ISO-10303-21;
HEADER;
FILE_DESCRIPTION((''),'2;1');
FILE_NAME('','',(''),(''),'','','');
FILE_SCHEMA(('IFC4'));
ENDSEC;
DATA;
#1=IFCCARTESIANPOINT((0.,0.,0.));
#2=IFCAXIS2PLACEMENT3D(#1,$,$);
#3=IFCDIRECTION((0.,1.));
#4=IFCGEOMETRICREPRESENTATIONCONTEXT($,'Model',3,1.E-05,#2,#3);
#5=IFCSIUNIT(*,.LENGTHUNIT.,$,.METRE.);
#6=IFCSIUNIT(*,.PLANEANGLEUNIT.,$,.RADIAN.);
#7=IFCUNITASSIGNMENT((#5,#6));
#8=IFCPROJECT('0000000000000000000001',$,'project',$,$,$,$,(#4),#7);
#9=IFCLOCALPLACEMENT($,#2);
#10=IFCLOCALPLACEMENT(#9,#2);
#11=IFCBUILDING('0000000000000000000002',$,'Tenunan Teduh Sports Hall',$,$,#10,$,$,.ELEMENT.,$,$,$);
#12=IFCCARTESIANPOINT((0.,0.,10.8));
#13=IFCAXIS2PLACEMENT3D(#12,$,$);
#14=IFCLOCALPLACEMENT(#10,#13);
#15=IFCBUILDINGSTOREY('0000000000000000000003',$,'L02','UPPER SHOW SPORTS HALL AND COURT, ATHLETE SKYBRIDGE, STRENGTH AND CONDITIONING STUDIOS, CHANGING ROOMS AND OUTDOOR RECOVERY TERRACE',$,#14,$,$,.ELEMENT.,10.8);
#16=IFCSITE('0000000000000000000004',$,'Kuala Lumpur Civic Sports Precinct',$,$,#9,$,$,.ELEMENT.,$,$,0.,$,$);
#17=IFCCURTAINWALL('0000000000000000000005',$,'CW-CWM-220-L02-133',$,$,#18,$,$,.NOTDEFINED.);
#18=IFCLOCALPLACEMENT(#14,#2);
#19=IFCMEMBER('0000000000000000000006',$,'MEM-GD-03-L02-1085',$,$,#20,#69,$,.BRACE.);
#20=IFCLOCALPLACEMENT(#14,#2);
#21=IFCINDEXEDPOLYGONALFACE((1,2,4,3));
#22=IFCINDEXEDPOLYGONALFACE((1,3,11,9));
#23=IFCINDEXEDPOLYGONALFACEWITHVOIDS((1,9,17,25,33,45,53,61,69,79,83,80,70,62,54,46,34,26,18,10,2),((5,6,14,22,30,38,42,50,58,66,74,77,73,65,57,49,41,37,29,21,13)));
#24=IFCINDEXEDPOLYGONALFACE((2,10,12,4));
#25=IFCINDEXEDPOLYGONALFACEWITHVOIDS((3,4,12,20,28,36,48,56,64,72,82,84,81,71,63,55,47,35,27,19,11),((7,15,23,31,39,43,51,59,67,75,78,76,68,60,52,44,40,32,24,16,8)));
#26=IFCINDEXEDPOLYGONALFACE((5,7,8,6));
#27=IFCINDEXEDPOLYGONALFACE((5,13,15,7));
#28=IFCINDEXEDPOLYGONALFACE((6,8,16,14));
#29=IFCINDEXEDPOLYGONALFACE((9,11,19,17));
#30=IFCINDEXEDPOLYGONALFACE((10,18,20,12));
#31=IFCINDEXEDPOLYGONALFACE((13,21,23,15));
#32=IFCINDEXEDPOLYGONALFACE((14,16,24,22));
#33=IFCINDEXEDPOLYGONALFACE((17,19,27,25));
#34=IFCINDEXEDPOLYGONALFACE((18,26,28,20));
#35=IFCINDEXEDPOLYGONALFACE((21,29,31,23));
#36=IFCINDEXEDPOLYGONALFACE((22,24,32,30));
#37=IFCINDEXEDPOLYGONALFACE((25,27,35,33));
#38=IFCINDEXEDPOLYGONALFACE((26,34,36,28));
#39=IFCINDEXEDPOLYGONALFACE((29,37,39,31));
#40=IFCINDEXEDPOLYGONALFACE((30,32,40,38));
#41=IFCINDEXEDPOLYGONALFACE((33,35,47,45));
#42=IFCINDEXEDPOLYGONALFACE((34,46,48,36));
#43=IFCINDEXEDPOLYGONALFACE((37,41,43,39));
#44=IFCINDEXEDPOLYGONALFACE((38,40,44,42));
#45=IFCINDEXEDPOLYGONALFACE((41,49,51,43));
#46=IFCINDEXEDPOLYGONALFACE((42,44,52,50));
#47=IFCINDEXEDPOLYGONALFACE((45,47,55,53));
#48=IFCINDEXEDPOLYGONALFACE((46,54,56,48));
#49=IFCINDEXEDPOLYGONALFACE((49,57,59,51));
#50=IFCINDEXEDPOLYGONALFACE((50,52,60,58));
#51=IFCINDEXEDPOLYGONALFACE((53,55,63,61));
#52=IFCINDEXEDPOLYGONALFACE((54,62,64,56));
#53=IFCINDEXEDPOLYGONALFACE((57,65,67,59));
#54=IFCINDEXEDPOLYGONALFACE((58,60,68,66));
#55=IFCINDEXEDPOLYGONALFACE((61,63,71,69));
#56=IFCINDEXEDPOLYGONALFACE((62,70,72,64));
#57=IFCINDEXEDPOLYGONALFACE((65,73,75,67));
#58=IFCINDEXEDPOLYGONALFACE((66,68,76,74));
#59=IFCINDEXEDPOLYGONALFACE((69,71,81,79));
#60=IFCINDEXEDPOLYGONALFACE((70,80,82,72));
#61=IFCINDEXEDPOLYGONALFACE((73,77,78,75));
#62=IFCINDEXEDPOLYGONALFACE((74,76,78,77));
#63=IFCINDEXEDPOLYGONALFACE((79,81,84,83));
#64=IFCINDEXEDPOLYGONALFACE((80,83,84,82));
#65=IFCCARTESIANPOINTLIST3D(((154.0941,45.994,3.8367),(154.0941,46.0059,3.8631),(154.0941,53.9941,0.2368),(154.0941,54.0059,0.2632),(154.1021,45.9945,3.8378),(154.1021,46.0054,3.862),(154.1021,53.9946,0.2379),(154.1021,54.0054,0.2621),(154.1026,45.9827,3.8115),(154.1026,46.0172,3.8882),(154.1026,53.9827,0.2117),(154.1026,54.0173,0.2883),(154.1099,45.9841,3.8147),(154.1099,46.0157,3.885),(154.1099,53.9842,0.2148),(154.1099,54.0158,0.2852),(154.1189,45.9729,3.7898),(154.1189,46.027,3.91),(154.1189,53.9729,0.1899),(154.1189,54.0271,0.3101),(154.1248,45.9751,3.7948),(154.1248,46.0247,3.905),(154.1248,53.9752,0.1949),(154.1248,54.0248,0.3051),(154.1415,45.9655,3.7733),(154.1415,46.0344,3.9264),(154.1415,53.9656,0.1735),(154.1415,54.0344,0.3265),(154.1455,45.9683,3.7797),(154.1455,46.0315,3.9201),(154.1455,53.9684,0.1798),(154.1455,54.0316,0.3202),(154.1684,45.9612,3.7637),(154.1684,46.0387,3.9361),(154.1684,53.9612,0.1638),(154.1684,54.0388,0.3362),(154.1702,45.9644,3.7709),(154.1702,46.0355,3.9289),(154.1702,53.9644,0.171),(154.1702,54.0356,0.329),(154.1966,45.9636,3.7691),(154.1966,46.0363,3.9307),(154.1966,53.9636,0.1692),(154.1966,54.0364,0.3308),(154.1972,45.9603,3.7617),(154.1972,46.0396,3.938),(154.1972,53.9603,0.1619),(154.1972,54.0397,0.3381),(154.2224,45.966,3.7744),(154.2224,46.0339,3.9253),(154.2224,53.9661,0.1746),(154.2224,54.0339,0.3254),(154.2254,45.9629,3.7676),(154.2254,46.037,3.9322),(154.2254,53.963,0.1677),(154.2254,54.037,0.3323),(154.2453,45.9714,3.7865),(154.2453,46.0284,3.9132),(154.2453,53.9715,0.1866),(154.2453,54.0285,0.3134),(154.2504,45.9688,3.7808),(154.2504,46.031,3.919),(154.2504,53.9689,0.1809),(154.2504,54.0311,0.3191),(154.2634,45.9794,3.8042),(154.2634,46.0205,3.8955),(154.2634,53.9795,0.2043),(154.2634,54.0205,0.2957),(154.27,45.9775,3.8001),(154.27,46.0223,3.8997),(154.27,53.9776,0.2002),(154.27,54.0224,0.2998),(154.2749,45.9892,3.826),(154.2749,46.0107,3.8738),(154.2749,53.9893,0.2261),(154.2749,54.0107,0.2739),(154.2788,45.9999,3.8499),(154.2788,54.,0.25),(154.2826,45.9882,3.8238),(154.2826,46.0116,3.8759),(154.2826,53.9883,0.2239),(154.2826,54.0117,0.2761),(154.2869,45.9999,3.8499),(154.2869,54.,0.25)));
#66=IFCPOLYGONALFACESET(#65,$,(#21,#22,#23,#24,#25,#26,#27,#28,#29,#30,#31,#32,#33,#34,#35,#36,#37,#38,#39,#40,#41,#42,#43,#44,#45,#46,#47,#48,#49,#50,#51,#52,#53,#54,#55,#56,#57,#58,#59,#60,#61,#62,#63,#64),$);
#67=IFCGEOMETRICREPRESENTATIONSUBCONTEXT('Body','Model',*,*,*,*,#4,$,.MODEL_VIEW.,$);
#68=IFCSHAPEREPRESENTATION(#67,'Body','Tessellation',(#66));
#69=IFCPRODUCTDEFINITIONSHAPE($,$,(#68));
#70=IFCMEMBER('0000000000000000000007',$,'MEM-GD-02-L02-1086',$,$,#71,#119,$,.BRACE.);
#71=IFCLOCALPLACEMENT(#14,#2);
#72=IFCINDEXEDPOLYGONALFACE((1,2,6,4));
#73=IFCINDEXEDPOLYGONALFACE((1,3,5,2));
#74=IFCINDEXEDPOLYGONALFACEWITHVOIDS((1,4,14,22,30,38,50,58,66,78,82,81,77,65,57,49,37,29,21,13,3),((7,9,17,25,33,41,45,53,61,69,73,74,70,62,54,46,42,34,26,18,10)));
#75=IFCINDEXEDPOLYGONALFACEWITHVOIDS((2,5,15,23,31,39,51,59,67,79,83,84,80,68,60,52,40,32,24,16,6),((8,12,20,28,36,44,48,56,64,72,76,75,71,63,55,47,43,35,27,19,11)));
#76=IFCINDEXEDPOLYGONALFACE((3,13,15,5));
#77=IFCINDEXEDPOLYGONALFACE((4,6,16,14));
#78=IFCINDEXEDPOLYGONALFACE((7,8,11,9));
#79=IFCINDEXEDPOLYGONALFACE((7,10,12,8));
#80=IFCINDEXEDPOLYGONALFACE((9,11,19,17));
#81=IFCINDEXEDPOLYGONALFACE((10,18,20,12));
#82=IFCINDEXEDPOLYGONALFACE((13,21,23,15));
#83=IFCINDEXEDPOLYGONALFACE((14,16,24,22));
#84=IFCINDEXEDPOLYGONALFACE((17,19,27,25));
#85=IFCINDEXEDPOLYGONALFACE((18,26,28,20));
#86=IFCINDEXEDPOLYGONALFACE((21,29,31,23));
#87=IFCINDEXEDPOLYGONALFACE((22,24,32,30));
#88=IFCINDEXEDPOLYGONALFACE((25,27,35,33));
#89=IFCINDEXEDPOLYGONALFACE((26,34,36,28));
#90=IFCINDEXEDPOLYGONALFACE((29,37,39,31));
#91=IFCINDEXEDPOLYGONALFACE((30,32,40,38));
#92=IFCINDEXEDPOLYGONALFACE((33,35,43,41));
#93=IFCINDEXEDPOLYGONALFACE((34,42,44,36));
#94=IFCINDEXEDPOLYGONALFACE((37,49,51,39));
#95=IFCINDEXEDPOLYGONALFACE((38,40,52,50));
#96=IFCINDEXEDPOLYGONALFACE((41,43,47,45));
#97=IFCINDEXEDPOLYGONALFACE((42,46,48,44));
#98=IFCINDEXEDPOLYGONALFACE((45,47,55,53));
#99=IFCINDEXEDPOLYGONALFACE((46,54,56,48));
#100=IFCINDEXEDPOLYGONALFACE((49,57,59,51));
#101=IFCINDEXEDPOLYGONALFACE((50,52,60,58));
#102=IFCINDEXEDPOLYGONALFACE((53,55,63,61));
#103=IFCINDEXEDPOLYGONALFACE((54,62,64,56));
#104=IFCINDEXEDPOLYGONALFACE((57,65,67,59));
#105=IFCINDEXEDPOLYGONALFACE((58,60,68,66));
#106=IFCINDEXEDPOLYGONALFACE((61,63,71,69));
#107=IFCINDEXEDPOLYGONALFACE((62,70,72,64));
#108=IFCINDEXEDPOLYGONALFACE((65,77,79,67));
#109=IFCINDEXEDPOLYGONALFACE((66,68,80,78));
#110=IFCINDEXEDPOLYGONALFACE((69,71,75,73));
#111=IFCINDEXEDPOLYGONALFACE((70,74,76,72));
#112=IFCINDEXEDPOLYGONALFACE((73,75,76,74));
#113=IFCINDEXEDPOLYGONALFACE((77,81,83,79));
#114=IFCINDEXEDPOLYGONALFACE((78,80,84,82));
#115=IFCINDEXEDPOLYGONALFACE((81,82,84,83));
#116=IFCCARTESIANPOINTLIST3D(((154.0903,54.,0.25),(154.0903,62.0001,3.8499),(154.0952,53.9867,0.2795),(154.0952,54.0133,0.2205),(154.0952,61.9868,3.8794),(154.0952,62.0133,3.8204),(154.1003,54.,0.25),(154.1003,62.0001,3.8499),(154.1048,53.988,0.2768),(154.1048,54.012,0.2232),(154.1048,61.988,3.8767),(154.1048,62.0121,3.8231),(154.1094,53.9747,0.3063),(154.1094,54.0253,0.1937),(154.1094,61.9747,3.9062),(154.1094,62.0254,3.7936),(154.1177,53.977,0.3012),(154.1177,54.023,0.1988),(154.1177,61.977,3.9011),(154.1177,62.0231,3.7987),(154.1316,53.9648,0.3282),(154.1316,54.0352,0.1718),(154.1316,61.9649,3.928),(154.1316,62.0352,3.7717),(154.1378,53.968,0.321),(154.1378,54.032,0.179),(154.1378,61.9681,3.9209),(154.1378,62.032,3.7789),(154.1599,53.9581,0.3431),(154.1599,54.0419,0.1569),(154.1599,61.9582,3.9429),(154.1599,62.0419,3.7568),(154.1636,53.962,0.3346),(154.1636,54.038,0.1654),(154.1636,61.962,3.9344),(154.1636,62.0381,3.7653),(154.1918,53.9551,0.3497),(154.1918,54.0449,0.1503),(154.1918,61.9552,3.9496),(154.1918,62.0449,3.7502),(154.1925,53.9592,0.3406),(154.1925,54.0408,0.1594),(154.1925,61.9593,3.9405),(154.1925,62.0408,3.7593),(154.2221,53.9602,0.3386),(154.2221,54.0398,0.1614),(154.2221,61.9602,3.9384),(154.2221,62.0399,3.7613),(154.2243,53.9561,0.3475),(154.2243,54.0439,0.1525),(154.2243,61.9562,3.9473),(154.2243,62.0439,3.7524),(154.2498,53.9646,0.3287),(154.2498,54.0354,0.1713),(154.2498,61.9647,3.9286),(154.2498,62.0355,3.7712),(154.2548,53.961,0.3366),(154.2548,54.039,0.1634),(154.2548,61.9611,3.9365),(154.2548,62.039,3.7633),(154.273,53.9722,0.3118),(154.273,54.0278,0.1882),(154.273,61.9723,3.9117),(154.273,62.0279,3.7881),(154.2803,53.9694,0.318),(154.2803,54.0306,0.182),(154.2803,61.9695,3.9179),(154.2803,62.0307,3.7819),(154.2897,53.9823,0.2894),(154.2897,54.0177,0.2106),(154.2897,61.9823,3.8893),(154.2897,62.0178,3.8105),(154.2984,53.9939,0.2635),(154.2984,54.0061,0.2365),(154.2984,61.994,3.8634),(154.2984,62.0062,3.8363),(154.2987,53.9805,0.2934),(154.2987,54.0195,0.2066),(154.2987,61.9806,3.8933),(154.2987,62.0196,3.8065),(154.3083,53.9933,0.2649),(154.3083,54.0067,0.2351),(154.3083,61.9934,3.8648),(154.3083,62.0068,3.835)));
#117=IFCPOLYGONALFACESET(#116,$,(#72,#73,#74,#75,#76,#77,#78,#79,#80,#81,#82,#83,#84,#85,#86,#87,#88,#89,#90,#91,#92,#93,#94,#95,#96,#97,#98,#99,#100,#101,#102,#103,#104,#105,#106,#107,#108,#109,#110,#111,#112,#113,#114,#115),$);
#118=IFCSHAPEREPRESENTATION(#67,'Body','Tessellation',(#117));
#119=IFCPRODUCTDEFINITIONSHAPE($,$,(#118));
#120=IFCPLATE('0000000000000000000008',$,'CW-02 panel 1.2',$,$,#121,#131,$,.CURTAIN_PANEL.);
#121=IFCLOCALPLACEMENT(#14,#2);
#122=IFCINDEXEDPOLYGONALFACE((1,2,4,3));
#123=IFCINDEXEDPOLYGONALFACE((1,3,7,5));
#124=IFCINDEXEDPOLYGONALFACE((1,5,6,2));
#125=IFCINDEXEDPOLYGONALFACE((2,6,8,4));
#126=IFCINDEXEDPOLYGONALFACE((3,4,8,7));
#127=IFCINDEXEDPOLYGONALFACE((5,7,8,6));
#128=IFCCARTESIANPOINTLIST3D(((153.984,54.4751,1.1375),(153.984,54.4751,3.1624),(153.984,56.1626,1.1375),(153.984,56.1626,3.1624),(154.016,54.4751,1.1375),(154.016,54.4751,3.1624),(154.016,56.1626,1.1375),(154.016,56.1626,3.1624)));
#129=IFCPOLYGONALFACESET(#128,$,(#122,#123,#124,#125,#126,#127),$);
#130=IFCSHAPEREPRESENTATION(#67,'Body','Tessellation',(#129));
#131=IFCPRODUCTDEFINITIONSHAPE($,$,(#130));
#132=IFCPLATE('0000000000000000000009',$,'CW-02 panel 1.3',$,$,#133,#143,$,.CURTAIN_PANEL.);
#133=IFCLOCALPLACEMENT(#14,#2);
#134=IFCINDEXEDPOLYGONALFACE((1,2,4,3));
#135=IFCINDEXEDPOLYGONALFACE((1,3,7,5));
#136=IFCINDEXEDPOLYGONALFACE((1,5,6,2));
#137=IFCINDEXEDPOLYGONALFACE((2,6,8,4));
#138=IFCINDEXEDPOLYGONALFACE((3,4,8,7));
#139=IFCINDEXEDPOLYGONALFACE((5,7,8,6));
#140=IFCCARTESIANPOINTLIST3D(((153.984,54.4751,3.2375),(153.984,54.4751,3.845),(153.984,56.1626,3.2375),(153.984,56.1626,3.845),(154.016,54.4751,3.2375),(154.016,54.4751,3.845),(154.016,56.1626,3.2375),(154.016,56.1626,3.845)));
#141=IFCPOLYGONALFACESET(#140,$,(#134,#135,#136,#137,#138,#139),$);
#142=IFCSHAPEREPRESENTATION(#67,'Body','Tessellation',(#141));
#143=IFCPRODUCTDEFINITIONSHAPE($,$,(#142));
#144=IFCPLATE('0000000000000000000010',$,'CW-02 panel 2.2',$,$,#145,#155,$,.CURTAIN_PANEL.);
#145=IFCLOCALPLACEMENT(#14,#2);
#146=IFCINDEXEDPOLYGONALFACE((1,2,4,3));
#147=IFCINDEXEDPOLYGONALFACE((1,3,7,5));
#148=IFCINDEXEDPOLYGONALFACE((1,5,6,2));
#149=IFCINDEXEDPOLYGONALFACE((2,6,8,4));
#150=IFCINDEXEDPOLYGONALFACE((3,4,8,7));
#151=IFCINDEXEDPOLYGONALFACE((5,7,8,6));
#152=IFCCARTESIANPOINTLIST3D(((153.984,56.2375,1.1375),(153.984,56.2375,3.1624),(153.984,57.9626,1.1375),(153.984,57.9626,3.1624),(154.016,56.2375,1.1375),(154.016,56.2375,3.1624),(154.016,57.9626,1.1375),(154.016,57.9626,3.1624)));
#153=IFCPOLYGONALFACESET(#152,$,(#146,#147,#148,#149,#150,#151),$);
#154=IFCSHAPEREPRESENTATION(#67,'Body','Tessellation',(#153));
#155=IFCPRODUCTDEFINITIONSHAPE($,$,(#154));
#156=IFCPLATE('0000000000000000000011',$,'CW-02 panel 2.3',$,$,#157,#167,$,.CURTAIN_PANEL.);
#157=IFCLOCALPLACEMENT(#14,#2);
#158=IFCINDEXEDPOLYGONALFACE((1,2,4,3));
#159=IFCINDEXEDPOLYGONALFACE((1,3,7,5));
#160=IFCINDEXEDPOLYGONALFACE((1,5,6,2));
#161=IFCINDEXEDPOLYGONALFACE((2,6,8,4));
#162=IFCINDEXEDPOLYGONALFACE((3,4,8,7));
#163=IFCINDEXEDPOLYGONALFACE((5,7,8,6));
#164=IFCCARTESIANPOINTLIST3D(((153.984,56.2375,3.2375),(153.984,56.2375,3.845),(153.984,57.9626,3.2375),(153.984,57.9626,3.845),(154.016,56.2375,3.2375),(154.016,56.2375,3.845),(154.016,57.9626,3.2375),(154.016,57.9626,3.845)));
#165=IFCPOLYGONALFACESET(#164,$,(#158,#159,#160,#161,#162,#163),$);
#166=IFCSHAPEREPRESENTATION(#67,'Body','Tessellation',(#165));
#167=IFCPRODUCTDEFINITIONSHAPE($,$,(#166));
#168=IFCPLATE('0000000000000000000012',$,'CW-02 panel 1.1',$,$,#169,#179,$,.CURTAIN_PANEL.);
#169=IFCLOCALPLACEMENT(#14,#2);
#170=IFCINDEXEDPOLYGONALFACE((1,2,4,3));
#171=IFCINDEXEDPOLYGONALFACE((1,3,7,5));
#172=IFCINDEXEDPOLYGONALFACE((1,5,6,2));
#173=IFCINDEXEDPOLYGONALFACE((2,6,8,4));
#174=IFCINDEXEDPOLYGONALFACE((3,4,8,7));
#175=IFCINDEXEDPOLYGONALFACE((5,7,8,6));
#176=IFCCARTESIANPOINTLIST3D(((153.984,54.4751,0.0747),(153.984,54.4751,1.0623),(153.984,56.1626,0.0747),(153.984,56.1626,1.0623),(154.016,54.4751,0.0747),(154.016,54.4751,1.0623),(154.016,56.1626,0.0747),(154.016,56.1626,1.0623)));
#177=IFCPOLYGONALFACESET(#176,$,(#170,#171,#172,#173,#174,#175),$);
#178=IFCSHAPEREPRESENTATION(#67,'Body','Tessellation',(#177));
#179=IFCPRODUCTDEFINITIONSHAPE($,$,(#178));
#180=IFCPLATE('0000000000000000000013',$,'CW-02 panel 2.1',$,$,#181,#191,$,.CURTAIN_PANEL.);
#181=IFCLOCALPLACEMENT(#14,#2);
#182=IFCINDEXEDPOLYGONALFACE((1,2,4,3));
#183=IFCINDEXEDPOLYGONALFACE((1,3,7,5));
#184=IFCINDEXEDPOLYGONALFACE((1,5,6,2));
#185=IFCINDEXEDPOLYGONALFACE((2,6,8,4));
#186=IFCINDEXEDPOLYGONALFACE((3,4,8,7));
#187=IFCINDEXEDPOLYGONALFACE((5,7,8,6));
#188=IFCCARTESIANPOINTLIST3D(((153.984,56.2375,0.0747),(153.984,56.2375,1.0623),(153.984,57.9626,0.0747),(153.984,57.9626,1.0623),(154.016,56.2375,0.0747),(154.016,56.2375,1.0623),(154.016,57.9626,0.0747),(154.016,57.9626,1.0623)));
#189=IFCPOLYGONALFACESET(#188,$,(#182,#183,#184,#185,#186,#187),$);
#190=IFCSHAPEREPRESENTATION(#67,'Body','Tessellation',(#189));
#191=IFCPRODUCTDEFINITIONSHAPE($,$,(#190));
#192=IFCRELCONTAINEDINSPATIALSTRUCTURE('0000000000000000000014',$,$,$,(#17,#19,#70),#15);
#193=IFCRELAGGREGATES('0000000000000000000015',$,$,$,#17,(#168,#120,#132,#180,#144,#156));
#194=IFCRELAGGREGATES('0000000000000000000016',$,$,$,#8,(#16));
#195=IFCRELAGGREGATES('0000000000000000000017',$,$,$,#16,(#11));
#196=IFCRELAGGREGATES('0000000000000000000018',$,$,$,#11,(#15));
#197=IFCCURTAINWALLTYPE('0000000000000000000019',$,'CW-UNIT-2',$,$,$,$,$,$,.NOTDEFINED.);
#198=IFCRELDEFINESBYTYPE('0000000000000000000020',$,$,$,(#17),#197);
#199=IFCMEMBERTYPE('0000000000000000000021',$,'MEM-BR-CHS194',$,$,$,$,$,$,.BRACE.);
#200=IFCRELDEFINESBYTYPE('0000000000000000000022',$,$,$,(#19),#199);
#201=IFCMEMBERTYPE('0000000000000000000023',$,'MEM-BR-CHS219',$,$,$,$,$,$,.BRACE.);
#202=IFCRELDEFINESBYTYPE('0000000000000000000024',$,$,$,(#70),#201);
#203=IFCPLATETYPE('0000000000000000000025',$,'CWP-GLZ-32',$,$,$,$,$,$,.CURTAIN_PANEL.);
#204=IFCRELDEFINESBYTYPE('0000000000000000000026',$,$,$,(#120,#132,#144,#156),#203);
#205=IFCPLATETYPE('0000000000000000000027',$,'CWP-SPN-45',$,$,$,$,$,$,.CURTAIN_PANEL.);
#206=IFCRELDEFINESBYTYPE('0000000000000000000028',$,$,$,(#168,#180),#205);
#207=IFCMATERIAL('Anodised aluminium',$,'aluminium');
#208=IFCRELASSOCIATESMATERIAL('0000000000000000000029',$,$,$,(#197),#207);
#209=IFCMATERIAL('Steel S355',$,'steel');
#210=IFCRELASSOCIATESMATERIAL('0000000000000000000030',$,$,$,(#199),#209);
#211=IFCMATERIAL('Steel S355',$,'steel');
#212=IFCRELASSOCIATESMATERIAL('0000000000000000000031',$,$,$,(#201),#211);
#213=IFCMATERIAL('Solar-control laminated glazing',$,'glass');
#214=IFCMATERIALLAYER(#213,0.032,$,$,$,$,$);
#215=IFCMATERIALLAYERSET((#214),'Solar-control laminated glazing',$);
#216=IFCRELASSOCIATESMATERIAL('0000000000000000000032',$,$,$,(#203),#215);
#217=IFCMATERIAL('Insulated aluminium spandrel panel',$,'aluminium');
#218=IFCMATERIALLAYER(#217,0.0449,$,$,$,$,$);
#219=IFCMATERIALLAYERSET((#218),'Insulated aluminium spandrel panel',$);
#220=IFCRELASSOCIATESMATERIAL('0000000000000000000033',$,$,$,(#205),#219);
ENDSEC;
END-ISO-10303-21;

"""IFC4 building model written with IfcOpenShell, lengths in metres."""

from ifc_helpers import new_model, si_unit, direction, frame, origin, origin_2d, place, context, subcontext, project, spatial, rectangle, hollow_circle, extrude, material, layer, layer_set, material_profile, profile_set, type_object, element, aggregate, save


model = new_model("IFC4")

# Units and contexts
model_context = context("Model", 3, precision=1e-05, world=origin(), true_north=direction((0.0, 1.0)))
body_context = subcontext(model_context, "Body", "Model", "MODEL_VIEW")
ifc_project = project(units=[si_unit("LENGTHUNIT", "METRE"), si_unit("PLANEANGLEUNIT", "RADIAN")], contexts=[model_context])

# Site, building, storey
site_placement = place(None, origin())
site = spatial("IfcSite", under=ifc_project, at=site_placement, Name="Kuala Lumpur Civic Sports Precinct", CompositionType="ELEMENT", RefElevation=0.0)
building_placement = place(site_placement, origin())
building = spatial("IfcBuilding", under=site, at=building_placement, Name="Tenunan Teduh Sports Hall", CompositionType="ELEMENT")
storey_placement = place(building_placement, frame((0.0, 0.0, 10.8)))
storey = spatial("IfcBuildingStorey", under=building, at=storey_placement, Name="L02", Description="UPPER SHOW SPORTS HALL AND COURT, ATHLETE SKYBRIDGE, STRENGTH AND CONDITIONING STUDIOS, CHANGING ROOMS AND OUTDOOR RECOVERY TERRACE", CompositionType="ELEMENT", Elevation=10.8)

# Curtain wall
ifc_material_1 = material(Name="Anodised aluminium", Category="aluminium")
curtain_wall_type_1 = type_object("IfcCurtainWallType", Name="CW-UNIT-2", PredefinedType="NOTDEFINED", material=ifc_material_1)
curtain_wall_1_placement = place(storey_placement, origin())
curtain_wall_1 = element("IfcCurtainWall", 1, at=curtain_wall_1_placement, inside=storey, type_object=curtain_wall_type_1, Name="CW-CWM-220-L02-133", PredefinedType="NOTDEFINED")

# Members
ifc_material_2 = material(Name="Steel S355", Category="steel")
ifc_material_profile_1 = material_profile(ifc_material_2, hollow_circle(Radius=0.0969, WallThickness=0.0081, at=origin_2d()), Name="CHS 193.7x8.0")
ifc_profile_set_1 = profile_set([ifc_material_profile_1], Name="Steel S355")
member_type_1 = type_object("IfcMemberType", Name="MEM-BR-CHS194", PredefinedType="BRACE", material=ifc_profile_set_1)
member_1_placement = place(storey_placement, frame((154.1899, 54.0, 0.25), z_axis=(0.0, -0.911928, 0.410351), x_axis=(1.0, 0.0, 0.0)))
element("IfcMember", 2, at=member_1_placement, inside=storey, type_object=member_type_1, Name="MEM-GD-03-L02-1085", PredefinedType="BRACE", context=body_context, shape_type="SweptSolid", body=[
    extrude(hollow_circle(Radius=0.0969, WallThickness=0.0081, at=origin_2d()), origin(), (0.0, 0.0, 1.0), 8.7727),
])
ifc_material_3 = material(Name="Steel S355", Category="steel")
ifc_material_profile_2 = material_profile(ifc_material_3, hollow_circle(Radius=0.1096, WallThickness=0.01, at=origin_2d()), Name="CHS 219.1x10.0")
ifc_profile_set_2 = profile_set([ifc_material_profile_2], Name="Steel S355")
member_type_2 = type_object("IfcMemberType", Name="MEM-BR-CHS219", PredefinedType="BRACE", material=ifc_profile_set_2)
member_2_placement = place(storey_placement, frame((154.2, 54.0, 0.25), z_axis=(0.0, 0.911928, 0.410351), x_axis=(-1.0, 0.0, 0.0)))
element("IfcMember", 3, at=member_2_placement, inside=storey, type_object=member_type_2, Name="MEM-GD-02-L02-1086", PredefinedType="BRACE", context=body_context, shape_type="SweptSolid", body=[
    extrude(hollow_circle(Radius=0.1096, WallThickness=0.01, at=origin_2d()), origin(), (0.0, 0.0, 1.0), 8.7727),
])

# Plates
ifc_material_4 = material(Name="Solar-control laminated glazing", Category="glass")
ifc_layer_1 = layer(ifc_material_4, 0.032)
ifc_layer_set_1 = layer_set([ifc_layer_1], Name="Solar-control laminated glazing")
plate_type_1 = type_object("IfcPlateType", Name="CWP-GLZ-32", PredefinedType="CURTAIN_PANEL", material=ifc_layer_set_1)
plate_1_placement = place(storey_placement, frame((154.0, 55.3188, 1.1375), z_axis=(0.0, 0.0, 1.0), x_axis=(0.0, 1.0, 0.0)))
plate_1 = element("IfcPlate", 4, at=plate_1_placement, type_object=plate_type_1, Name="CW-02 panel 1.2", PredefinedType="CURTAIN_PANEL", context=body_context, shape_type="SweptSolid", body=[
    extrude(rectangle(XDim=1.6875, YDim=0.032, at=origin_2d()), origin(), (0.0, 0.0, 1.0), 2.0249),
])
plate_2_placement = place(storey_placement, frame((154.0, 55.3188, 3.2375), z_axis=(0.0, 0.0, 1.0), x_axis=(0.0, 1.0, 0.0)))
plate_2 = element("IfcPlate", 5, at=plate_2_placement, type_object=plate_type_1, Name="CW-02 panel 1.3", PredefinedType="CURTAIN_PANEL", context=body_context, shape_type="SweptSolid", body=[
    extrude(rectangle(XDim=1.6875, YDim=0.032, at=origin_2d()), origin(), (0.0, 0.0, 1.0), 0.6074),
])
plate_3_placement = place(storey_placement, frame((154.0, 57.1001, 1.1375), z_axis=(0.0, 0.0, 1.0), x_axis=(0.0, 1.0, 0.0)))
plate_3 = element("IfcPlate", 6, at=plate_3_placement, type_object=plate_type_1, Name="CW-02 panel 2.2", PredefinedType="CURTAIN_PANEL", context=body_context, shape_type="SweptSolid", body=[
    extrude(rectangle(XDim=1.7251, YDim=0.032, at=origin_2d()), origin(), (0.0, 0.0, 1.0), 2.0249),
])
plate_4_placement = place(storey_placement, frame((154.0, 57.1001, 3.2375), z_axis=(0.0, 0.0, 1.0), x_axis=(0.0, 1.0, 0.0)))
plate_4 = element("IfcPlate", 7, at=plate_4_placement, type_object=plate_type_1, Name="CW-02 panel 2.3", PredefinedType="CURTAIN_PANEL", context=body_context, shape_type="SweptSolid", body=[
    extrude(rectangle(XDim=1.7251, YDim=0.032, at=origin_2d()), origin(), (0.0, 0.0, 1.0), 0.6074),
])
ifc_material_5 = material(Name="Insulated aluminium spandrel panel", Category="aluminium")
ifc_layer_2 = layer(ifc_material_5, 0.0449)
ifc_layer_set_2 = layer_set([ifc_layer_2], Name="Insulated aluminium spandrel panel")
plate_type_2 = type_object("IfcPlateType", Name="CWP-SPN-45", PredefinedType="CURTAIN_PANEL", material=ifc_layer_set_2)
plate_5_placement = place(storey_placement, frame((154.0, 55.3188, 0.0747), z_axis=(0.0, 0.0, 1.0), x_axis=(0.0, 1.0, 0.0)))
plate_5 = element("IfcPlate", 8, at=plate_5_placement, type_object=plate_type_2, Name="CW-02 panel 1.1", PredefinedType="CURTAIN_PANEL", context=body_context, shape_type="SweptSolid", body=[
    extrude(rectangle(XDim=1.6875, YDim=0.032, at=origin_2d()), origin(), (0.0, 0.0, 1.0), 0.9875),
])
plate_6_placement = place(storey_placement, frame((154.0, 57.1001, 0.0747), z_axis=(0.0, 0.0, 1.0), x_axis=(0.0, 1.0, 0.0)))
plate_6 = element("IfcPlate", 9, at=plate_6_placement, type_object=plate_type_2, Name="CW-02 panel 2.1", PredefinedType="CURTAIN_PANEL", context=body_context, shape_type="SweptSolid", body=[
    extrude(rectangle(XDim=1.7251, YDim=0.032, at=origin_2d()), origin(), (0.0, 0.0, 1.0), 0.9875),
])
aggregate(curtain_wall_1, [plate_5, plate_1, plate_2, plate_6, plate_3, plate_4])

save(model, "model.ifc")
